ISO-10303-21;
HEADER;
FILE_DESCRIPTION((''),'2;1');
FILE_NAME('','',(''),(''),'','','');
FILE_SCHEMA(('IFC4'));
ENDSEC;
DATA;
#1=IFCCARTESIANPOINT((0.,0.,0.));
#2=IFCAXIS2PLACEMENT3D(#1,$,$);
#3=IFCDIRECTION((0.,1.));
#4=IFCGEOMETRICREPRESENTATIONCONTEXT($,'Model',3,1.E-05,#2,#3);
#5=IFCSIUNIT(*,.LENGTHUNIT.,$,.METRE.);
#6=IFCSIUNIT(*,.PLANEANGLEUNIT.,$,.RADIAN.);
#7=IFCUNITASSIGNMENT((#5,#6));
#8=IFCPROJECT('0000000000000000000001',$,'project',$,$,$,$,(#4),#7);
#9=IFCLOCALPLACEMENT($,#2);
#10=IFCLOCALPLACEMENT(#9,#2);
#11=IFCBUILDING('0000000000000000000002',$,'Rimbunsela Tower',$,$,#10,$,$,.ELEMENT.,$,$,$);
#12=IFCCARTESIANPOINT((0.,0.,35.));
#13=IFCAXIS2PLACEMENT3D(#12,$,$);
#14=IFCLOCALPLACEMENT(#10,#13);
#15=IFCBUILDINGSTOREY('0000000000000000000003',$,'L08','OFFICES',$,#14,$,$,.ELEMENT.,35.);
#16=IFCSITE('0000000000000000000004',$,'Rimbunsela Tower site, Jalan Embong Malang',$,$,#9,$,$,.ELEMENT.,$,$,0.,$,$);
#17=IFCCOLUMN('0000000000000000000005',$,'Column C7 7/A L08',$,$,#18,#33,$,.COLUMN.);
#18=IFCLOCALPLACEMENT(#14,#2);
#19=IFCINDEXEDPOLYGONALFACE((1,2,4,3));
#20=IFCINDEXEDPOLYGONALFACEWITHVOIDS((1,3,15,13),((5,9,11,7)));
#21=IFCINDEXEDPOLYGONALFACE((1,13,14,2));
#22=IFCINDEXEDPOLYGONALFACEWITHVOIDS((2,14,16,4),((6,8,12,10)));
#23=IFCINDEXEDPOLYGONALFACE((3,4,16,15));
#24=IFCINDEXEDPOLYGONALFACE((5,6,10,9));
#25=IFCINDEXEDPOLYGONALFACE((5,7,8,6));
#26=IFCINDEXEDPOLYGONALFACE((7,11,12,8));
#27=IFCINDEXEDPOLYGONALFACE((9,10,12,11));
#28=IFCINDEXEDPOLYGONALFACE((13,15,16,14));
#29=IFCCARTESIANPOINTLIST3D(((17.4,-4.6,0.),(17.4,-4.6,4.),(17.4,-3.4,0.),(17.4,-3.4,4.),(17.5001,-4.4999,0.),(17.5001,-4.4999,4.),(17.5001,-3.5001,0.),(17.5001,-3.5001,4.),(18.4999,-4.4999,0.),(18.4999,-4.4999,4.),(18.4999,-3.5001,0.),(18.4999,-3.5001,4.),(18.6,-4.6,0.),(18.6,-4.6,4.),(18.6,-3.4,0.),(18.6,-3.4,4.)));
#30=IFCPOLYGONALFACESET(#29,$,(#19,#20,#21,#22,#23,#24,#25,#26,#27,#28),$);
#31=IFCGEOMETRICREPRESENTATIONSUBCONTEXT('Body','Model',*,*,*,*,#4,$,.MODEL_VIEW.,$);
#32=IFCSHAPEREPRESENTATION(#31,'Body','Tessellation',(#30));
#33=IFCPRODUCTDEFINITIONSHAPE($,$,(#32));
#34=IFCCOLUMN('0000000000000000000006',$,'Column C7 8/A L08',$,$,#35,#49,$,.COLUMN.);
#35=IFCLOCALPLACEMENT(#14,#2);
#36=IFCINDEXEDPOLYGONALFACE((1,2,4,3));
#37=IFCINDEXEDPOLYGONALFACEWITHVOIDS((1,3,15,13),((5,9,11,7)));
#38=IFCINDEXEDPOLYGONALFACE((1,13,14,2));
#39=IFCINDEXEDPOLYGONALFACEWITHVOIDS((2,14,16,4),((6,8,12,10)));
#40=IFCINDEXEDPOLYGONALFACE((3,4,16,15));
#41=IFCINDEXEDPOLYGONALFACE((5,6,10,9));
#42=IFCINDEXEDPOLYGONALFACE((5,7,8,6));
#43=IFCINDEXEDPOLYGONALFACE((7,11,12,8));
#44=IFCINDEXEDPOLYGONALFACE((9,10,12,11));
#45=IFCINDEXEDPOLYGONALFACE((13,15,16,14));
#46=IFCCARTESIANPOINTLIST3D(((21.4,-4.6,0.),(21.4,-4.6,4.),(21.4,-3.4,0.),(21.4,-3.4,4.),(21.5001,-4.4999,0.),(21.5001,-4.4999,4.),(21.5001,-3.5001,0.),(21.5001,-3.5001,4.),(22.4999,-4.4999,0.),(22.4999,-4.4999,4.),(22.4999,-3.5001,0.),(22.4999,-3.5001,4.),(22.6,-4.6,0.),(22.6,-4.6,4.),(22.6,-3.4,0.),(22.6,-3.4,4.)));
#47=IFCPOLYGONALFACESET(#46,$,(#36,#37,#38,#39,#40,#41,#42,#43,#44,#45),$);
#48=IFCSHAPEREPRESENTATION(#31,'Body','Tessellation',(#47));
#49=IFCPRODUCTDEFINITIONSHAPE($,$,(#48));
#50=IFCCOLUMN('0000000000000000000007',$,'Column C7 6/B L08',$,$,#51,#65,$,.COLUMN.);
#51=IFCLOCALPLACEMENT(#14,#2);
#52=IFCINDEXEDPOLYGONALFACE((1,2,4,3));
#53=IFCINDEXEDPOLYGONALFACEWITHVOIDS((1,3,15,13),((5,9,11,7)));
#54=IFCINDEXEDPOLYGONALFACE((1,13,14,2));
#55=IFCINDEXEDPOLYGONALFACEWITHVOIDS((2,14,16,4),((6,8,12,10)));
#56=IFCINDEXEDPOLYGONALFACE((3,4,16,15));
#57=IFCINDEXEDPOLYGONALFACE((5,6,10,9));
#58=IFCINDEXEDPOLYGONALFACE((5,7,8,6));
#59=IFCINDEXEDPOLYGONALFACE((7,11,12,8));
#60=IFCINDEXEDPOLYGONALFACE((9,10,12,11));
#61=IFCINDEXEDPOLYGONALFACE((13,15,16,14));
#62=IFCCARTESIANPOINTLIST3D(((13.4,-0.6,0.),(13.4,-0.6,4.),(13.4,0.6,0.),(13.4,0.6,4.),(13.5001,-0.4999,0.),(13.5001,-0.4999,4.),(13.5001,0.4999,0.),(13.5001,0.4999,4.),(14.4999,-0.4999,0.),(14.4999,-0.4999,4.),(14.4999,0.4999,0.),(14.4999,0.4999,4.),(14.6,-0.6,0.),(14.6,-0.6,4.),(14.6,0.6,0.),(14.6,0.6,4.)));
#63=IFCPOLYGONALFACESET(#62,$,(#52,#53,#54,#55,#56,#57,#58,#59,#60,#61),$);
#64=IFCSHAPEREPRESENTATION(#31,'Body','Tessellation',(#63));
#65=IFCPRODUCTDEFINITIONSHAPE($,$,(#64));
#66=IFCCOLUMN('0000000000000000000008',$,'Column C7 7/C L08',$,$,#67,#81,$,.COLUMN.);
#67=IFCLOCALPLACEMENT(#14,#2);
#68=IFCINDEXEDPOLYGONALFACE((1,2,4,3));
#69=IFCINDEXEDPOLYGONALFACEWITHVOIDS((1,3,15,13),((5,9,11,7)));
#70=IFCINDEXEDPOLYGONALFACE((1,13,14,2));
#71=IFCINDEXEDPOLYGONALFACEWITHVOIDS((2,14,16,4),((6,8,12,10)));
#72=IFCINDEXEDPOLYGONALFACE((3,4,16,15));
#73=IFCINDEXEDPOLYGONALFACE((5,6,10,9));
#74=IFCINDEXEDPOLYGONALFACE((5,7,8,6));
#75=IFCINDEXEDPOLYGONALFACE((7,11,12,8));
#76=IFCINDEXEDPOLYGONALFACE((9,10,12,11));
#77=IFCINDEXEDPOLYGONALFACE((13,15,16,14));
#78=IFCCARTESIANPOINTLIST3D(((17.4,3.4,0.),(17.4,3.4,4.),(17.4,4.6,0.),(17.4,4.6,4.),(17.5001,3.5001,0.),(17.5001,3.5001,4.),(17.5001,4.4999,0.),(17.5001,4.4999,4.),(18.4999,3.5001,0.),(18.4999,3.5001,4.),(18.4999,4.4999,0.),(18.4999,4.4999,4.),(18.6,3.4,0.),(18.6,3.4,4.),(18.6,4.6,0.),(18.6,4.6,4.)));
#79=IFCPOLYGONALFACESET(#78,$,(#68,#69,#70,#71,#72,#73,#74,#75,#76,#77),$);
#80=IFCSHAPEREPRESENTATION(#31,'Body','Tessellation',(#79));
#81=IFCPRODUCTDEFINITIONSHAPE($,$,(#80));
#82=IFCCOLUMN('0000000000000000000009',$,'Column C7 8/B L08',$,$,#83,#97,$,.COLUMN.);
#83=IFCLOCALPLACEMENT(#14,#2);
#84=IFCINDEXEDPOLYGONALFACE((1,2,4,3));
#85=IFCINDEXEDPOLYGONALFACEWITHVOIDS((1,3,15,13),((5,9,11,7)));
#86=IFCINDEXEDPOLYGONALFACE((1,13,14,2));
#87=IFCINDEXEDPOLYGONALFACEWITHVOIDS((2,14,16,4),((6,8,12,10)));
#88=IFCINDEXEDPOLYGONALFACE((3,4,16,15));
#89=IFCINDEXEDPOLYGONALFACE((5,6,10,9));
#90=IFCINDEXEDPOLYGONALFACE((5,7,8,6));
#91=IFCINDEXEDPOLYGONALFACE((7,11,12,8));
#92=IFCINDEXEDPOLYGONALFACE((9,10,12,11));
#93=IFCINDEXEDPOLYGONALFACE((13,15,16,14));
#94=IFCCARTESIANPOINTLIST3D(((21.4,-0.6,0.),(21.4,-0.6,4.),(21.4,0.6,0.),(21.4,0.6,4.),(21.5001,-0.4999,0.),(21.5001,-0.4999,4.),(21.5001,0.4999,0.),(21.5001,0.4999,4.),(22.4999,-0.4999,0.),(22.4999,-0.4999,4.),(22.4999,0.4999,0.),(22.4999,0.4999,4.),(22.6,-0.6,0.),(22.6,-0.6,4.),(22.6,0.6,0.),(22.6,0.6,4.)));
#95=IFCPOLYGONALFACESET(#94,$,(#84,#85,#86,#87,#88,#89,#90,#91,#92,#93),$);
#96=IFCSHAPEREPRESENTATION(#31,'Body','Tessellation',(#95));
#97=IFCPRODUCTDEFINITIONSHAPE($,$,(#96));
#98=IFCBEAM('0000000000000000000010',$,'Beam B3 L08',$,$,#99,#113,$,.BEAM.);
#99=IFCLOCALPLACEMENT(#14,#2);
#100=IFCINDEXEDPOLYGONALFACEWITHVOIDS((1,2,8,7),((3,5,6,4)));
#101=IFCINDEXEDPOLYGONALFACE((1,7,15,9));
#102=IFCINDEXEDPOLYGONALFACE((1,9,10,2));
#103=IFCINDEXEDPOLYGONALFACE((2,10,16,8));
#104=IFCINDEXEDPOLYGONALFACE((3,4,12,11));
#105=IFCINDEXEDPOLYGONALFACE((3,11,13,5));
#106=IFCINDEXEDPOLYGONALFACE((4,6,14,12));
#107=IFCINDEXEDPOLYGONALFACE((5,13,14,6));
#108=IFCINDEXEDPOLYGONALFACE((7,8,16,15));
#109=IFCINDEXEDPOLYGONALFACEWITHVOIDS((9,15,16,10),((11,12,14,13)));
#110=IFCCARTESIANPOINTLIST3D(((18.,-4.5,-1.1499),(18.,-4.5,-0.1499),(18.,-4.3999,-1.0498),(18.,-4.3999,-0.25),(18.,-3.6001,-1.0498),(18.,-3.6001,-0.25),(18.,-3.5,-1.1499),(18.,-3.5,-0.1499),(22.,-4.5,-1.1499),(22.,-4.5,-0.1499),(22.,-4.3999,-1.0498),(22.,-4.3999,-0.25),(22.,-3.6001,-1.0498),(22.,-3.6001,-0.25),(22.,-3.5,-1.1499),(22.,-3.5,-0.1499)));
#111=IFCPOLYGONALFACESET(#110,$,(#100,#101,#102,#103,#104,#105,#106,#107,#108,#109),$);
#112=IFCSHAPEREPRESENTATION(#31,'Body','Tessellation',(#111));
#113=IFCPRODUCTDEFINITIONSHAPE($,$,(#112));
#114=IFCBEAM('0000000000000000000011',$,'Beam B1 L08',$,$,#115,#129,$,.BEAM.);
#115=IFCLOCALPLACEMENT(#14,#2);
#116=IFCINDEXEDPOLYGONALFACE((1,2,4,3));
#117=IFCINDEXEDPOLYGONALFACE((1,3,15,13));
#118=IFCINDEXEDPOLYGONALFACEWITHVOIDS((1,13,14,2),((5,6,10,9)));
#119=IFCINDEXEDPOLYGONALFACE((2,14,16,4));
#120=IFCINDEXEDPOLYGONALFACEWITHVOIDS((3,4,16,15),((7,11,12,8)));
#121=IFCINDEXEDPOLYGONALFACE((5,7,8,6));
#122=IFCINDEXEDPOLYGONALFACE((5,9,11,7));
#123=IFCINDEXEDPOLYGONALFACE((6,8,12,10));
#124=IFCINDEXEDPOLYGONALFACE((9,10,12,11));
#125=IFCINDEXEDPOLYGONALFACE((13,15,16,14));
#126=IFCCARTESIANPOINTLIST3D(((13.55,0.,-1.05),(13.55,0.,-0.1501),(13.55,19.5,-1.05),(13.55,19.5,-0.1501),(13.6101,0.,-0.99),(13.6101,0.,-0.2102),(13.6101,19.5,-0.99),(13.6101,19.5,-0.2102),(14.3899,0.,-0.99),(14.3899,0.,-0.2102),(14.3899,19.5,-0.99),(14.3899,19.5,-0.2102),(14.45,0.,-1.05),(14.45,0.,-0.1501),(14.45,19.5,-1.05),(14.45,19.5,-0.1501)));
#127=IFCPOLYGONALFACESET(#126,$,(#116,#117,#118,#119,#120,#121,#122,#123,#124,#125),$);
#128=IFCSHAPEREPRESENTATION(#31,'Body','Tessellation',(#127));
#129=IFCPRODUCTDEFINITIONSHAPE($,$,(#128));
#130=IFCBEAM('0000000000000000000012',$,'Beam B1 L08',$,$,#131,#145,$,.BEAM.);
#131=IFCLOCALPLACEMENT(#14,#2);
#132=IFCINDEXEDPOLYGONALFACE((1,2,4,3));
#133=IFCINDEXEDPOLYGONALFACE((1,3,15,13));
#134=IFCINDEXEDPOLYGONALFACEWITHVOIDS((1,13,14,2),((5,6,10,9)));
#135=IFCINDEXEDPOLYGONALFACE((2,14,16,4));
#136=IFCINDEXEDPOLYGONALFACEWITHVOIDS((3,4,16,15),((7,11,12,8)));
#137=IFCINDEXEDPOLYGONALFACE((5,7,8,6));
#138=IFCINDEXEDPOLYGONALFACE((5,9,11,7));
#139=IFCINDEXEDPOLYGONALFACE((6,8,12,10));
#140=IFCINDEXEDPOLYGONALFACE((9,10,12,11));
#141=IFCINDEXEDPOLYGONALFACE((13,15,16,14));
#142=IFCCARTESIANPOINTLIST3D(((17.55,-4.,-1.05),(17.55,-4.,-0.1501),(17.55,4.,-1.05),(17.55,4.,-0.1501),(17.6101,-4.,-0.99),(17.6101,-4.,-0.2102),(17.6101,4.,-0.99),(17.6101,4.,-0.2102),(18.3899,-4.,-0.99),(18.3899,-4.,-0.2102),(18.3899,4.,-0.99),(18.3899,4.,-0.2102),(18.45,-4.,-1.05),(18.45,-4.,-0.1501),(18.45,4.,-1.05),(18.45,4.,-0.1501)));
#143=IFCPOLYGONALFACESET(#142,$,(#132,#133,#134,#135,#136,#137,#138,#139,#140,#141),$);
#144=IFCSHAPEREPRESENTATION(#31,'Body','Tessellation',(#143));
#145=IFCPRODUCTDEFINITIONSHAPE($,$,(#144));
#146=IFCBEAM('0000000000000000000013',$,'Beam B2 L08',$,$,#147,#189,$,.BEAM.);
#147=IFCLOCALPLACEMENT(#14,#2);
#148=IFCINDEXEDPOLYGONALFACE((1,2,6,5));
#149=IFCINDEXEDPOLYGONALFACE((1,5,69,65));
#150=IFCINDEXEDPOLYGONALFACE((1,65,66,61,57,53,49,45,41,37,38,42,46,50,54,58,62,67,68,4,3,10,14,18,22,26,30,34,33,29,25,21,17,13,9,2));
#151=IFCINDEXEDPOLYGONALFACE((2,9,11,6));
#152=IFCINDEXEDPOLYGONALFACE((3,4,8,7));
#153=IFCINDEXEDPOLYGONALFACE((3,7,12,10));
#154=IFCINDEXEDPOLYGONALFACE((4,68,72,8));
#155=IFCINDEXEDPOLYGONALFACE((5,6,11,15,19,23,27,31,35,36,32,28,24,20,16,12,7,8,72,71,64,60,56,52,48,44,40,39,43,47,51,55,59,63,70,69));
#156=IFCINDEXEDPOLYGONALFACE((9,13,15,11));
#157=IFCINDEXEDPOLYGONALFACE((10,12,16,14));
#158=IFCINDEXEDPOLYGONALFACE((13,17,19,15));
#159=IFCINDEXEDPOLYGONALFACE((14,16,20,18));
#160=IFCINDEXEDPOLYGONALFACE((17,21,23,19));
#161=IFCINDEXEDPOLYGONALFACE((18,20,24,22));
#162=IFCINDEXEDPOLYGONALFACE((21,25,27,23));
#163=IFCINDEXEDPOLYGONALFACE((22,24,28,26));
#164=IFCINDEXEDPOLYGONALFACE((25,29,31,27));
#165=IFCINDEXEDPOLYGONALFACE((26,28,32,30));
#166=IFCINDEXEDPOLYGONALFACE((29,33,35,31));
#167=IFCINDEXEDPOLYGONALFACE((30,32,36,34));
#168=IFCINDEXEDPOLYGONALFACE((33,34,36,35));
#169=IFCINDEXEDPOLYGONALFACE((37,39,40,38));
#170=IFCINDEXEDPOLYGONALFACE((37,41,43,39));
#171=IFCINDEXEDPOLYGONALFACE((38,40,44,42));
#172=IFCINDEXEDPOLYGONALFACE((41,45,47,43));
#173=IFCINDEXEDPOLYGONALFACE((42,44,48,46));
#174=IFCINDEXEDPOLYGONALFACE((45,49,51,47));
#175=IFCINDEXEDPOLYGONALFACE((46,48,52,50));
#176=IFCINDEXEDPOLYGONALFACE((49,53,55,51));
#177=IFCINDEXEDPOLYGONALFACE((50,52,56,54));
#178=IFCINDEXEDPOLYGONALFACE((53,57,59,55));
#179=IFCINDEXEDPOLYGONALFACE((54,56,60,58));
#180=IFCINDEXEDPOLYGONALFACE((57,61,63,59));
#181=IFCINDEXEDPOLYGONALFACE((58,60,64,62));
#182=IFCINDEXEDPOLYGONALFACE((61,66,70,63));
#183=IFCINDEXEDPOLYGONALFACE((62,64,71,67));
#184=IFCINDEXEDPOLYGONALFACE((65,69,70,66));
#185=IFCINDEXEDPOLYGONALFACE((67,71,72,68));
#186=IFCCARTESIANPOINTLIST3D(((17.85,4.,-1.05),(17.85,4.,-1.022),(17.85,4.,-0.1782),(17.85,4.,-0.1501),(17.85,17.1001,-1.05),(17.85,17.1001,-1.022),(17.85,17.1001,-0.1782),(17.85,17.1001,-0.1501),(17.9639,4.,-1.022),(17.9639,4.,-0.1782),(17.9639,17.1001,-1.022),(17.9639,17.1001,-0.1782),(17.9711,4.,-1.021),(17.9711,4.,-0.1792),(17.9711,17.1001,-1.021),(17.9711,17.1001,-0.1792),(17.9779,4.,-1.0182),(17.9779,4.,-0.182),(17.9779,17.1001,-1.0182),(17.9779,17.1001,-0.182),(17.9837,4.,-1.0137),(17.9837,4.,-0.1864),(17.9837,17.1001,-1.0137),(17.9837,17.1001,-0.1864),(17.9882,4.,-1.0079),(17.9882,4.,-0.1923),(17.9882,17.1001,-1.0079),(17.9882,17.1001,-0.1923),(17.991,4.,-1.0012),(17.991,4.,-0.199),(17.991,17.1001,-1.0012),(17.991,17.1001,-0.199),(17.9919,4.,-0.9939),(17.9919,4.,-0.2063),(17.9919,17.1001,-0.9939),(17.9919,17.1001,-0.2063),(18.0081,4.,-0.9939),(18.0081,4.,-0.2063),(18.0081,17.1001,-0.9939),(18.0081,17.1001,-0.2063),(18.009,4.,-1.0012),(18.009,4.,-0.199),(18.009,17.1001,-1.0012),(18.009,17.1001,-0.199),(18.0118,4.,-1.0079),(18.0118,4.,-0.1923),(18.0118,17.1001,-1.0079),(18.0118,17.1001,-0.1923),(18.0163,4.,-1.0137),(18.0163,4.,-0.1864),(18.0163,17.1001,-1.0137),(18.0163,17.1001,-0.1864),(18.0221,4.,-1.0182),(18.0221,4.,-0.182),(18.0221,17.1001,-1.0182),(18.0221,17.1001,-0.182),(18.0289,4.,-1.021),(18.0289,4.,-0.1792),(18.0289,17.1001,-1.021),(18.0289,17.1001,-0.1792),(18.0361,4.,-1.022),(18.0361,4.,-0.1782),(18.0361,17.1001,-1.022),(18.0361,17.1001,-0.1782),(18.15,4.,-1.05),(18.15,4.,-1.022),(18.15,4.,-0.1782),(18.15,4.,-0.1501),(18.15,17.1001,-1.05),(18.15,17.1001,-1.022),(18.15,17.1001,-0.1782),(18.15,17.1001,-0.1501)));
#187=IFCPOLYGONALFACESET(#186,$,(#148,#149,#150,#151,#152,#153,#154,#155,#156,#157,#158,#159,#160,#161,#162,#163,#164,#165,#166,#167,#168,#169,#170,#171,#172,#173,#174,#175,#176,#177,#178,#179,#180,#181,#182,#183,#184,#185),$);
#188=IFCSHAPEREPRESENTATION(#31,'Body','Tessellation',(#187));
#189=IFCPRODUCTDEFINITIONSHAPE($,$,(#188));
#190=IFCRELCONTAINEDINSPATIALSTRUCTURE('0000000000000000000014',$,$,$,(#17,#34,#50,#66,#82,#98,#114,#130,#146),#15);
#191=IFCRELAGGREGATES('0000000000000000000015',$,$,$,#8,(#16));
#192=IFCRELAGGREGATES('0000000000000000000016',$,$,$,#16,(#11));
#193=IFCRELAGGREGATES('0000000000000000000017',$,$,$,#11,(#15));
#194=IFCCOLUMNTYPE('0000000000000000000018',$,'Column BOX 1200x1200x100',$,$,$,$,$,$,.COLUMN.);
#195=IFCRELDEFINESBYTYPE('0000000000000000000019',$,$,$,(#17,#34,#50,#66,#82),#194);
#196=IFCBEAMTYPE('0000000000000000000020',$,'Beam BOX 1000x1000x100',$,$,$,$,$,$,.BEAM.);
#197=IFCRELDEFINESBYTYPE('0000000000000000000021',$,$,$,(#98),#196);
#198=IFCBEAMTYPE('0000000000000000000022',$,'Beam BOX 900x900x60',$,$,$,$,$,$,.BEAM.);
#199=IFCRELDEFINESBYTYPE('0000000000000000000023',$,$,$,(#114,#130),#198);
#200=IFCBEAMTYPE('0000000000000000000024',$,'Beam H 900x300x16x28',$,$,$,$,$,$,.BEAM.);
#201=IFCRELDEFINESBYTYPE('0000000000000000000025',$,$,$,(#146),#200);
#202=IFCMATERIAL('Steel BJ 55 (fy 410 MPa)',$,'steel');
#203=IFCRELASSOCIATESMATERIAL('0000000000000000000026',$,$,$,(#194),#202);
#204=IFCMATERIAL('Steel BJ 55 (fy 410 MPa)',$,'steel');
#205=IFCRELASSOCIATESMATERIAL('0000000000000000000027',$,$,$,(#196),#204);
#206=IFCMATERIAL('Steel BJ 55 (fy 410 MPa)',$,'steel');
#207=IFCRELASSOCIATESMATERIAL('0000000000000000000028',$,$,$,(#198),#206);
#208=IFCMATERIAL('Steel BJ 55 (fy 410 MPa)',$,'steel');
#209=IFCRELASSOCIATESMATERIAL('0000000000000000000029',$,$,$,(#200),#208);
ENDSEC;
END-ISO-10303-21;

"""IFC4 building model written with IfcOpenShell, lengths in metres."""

from ifc_helpers import new_model, si_unit, direction, frame, origin, origin_2d, place, context, subcontext, project, spatial, hollow_rectangle, i_section, extrude, material, material_profile, profile_set, type_object, element, save


model = new_model("IFC4")

# Units and contexts
model_context = context("Model", 3, precision=1e-05, world=origin(), true_north=direction((0.0, 1.0)))
body_context = subcontext(model_context, "Body", "Model", "MODEL_VIEW")
ifc_project = project(units=[si_unit("LENGTHUNIT", "METRE"), si_unit("PLANEANGLEUNIT", "RADIAN")], contexts=[model_context])

# Site, building, storey
site_placement = place(None, origin())
site = spatial("IfcSite", under=ifc_project, at=site_placement, Name="Rimbunsela Tower site, Jalan Embong Malang", CompositionType="ELEMENT", RefElevation=0.0)
building_placement = place(site_placement, origin())
building = spatial("IfcBuilding", under=site, at=building_placement, Name="Rimbunsela Tower", CompositionType="ELEMENT")
storey_placement = place(building_placement, frame((0.0, 0.0, 35.0)))
storey = spatial("IfcBuildingStorey", under=building, at=storey_placement, Name="L08", Description="OFFICES", CompositionType="ELEMENT", Elevation=35.0)

# Columns
ifc_material_1 = material(Name="Steel BJ 55 (fy 410 MPa)", Category="steel")
ifc_material_profile_1 = material_profile(ifc_material_1, hollow_rectangle(XDim=1.2, YDim=1.2, WallThickness=0.1001, at=origin_2d()), Name="BOX 1200x1200x100")
ifc_profile_set_1 = profile_set([ifc_material_profile_1], Name="Steel BJ 55 (fy 410 MPa)")
column_type = type_object("IfcColumnType", Name="Column BOX 1200x1200x100", PredefinedType="COLUMN", material=ifc_profile_set_1)
for number, where, z_axis, x_axis, name in (
    (1, (18.0, -4.0, 0.0), (0.0, 0.0, 1.0), (1.0, 0.0, 0.0), "Column C7 7/A L08"),
    (2, (22.0, -4.0, 0.0), (0.0, 0.0, 1.0), (1.0, 0.0, 0.0), "Column C7 8/A L08"),
    (3, (14.0, 0.0, 0.0), (0.0, 0.0, 1.0), (1.0, 0.0, 0.0), "Column C7 6/B L08"),
    (4, (18.0, 4.0, 0.0), (0.0, 0.0, 1.0), (1.0, 0.0, 0.0), "Column C7 7/C L08"),
    (5, (22.0, 0.0, 0.0), (0.0, 0.0, 1.0), (1.0, 0.0, 0.0), "Column C7 8/B L08"),
):
    element("IfcColumn", number, at=place(storey_placement, frame(where, z_axis=z_axis, x_axis=x_axis)), inside=storey, type_object=column_type, Name=name, PredefinedType="COLUMN", context=body_context, shape_type="SweptSolid", body=[
        extrude(hollow_rectangle(XDim=1.2, YDim=1.2, WallThickness=0.1001, at=origin_2d()), origin(), (0.0, 0.0, 1.0), 4.0),
    ])

# Beams
ifc_material_2 = material(Name="Steel BJ 55 (fy 410 MPa)", Category="steel")
ifc_material_profile_2 = material_profile(ifc_material_2, hollow_rectangle(XDim=1.0, YDim=1.0, WallThickness=0.1001, at=origin_2d()), Name="BOX 1000x1000x100")
ifc_profile_set_2 = profile_set([ifc_material_profile_2], Name="Steel BJ 55 (fy 410 MPa)")
beam_type_1 = type_object("IfcBeamType", Name="Beam BOX 1000x1000x100", PredefinedType="BEAM", material=ifc_profile_set_2)
beam_1_placement = place(storey_placement, frame((18.0, -4.0, -0.6499), z_axis=(1.0, 0.0, 0.0), x_axis=(0.0, 1.0, 0.0)))
element("IfcBeam", 6, at=beam_1_placement, inside=storey, type_object=beam_type_1, Name="Beam B3 L08", PredefinedType="BEAM", context=body_context, shape_type="SweptSolid", body=[
    extrude(hollow_rectangle(XDim=1.0, YDim=1.0, WallThickness=0.1001, at=origin_2d()), origin(), (0.0, 0.0, 1.0), 4.0),
])
ifc_material_3 = material(Name="Steel BJ 55 (fy 410 MPa)", Category="steel")
ifc_material_profile_3 = material_profile(ifc_material_3, hollow_rectangle(XDim=0.8999, YDim=0.8999, WallThickness=0.0601, at=origin_2d()), Name="BOX 900x900x60")
ifc_profile_set_3 = profile_set([ifc_material_profile_3], Name="Steel BJ 55 (fy 410 MPa)")
beam_type_2 = type_object("IfcBeamType", Name="Beam BOX 900x900x60", PredefinedType="BEAM", material=ifc_profile_set_3)
beam_2_placement = place(storey_placement, frame((14.0, 0.0, -0.6001), z_axis=(0.0, 1.0, 0.0), x_axis=(-1.0, 0.0, 0.0)))
element("IfcBeam", 7, at=beam_2_placement, inside=storey, type_object=beam_type_2, Name="Beam B1 L08", PredefinedType="BEAM", context=body_context, shape_type="SweptSolid", body=[
    extrude(hollow_rectangle(XDim=0.8999, YDim=0.8999, WallThickness=0.0601, at=origin_2d()), origin(), (0.0, 0.0, 1.0), 19.5),
])
beam_3_placement = place(storey_placement, frame((18.0, -4.0, -0.6001), z_axis=(0.0, 1.0, 0.0), x_axis=(-1.0, 0.0, 0.0)))
element("IfcBeam", 8, at=beam_3_placement, inside=storey, type_object=beam_type_2, Name="Beam B1 L08", PredefinedType="BEAM", context=body_context, shape_type="SweptSolid", body=[
    extrude(hollow_rectangle(XDim=0.8999, YDim=0.8999, WallThickness=0.0601, at=origin_2d()), origin(), (0.0, 0.0, 1.0), 8.0),
])
ifc_material_4 = material(Name="Steel BJ 55 (fy 410 MPa)", Category="steel")
ifc_material_profile_4 = material_profile(ifc_material_4, i_section(OverallWidth=0.3, OverallDepth=0.8999, WebThickness=0.0161, FlangeThickness=0.0281, FilletRadius=0.0281, at=origin_2d()), Name="H 900x300x16x28")
ifc_profile_set_4 = profile_set([ifc_material_profile_4], Name="Steel BJ 55 (fy 410 MPa)")
beam_type_3 = type_object("IfcBeamType", Name="Beam H 900x300x16x28", PredefinedType="BEAM", material=ifc_profile_set_4)
beam_4_placement = place(storey_placement, frame((18.0, 4.0, -0.6001), z_axis=(0.0, 1.0, 0.0), x_axis=(-1.0, 0.0, 0.0)))
element("IfcBeam", 9, at=beam_4_placement, inside=storey, type_object=beam_type_3, Name="Beam B2 L08", PredefinedType="BEAM", context=body_context, shape_type="SweptSolid", body=[
    extrude(i_section(OverallWidth=0.3, OverallDepth=0.8999, WebThickness=0.0161, FlangeThickness=0.0281, FilletRadius=0.0281, at=origin_2d()), origin(), (0.0, 0.0, 1.0), 13.1001),
])

save(model, "model.ifc")
